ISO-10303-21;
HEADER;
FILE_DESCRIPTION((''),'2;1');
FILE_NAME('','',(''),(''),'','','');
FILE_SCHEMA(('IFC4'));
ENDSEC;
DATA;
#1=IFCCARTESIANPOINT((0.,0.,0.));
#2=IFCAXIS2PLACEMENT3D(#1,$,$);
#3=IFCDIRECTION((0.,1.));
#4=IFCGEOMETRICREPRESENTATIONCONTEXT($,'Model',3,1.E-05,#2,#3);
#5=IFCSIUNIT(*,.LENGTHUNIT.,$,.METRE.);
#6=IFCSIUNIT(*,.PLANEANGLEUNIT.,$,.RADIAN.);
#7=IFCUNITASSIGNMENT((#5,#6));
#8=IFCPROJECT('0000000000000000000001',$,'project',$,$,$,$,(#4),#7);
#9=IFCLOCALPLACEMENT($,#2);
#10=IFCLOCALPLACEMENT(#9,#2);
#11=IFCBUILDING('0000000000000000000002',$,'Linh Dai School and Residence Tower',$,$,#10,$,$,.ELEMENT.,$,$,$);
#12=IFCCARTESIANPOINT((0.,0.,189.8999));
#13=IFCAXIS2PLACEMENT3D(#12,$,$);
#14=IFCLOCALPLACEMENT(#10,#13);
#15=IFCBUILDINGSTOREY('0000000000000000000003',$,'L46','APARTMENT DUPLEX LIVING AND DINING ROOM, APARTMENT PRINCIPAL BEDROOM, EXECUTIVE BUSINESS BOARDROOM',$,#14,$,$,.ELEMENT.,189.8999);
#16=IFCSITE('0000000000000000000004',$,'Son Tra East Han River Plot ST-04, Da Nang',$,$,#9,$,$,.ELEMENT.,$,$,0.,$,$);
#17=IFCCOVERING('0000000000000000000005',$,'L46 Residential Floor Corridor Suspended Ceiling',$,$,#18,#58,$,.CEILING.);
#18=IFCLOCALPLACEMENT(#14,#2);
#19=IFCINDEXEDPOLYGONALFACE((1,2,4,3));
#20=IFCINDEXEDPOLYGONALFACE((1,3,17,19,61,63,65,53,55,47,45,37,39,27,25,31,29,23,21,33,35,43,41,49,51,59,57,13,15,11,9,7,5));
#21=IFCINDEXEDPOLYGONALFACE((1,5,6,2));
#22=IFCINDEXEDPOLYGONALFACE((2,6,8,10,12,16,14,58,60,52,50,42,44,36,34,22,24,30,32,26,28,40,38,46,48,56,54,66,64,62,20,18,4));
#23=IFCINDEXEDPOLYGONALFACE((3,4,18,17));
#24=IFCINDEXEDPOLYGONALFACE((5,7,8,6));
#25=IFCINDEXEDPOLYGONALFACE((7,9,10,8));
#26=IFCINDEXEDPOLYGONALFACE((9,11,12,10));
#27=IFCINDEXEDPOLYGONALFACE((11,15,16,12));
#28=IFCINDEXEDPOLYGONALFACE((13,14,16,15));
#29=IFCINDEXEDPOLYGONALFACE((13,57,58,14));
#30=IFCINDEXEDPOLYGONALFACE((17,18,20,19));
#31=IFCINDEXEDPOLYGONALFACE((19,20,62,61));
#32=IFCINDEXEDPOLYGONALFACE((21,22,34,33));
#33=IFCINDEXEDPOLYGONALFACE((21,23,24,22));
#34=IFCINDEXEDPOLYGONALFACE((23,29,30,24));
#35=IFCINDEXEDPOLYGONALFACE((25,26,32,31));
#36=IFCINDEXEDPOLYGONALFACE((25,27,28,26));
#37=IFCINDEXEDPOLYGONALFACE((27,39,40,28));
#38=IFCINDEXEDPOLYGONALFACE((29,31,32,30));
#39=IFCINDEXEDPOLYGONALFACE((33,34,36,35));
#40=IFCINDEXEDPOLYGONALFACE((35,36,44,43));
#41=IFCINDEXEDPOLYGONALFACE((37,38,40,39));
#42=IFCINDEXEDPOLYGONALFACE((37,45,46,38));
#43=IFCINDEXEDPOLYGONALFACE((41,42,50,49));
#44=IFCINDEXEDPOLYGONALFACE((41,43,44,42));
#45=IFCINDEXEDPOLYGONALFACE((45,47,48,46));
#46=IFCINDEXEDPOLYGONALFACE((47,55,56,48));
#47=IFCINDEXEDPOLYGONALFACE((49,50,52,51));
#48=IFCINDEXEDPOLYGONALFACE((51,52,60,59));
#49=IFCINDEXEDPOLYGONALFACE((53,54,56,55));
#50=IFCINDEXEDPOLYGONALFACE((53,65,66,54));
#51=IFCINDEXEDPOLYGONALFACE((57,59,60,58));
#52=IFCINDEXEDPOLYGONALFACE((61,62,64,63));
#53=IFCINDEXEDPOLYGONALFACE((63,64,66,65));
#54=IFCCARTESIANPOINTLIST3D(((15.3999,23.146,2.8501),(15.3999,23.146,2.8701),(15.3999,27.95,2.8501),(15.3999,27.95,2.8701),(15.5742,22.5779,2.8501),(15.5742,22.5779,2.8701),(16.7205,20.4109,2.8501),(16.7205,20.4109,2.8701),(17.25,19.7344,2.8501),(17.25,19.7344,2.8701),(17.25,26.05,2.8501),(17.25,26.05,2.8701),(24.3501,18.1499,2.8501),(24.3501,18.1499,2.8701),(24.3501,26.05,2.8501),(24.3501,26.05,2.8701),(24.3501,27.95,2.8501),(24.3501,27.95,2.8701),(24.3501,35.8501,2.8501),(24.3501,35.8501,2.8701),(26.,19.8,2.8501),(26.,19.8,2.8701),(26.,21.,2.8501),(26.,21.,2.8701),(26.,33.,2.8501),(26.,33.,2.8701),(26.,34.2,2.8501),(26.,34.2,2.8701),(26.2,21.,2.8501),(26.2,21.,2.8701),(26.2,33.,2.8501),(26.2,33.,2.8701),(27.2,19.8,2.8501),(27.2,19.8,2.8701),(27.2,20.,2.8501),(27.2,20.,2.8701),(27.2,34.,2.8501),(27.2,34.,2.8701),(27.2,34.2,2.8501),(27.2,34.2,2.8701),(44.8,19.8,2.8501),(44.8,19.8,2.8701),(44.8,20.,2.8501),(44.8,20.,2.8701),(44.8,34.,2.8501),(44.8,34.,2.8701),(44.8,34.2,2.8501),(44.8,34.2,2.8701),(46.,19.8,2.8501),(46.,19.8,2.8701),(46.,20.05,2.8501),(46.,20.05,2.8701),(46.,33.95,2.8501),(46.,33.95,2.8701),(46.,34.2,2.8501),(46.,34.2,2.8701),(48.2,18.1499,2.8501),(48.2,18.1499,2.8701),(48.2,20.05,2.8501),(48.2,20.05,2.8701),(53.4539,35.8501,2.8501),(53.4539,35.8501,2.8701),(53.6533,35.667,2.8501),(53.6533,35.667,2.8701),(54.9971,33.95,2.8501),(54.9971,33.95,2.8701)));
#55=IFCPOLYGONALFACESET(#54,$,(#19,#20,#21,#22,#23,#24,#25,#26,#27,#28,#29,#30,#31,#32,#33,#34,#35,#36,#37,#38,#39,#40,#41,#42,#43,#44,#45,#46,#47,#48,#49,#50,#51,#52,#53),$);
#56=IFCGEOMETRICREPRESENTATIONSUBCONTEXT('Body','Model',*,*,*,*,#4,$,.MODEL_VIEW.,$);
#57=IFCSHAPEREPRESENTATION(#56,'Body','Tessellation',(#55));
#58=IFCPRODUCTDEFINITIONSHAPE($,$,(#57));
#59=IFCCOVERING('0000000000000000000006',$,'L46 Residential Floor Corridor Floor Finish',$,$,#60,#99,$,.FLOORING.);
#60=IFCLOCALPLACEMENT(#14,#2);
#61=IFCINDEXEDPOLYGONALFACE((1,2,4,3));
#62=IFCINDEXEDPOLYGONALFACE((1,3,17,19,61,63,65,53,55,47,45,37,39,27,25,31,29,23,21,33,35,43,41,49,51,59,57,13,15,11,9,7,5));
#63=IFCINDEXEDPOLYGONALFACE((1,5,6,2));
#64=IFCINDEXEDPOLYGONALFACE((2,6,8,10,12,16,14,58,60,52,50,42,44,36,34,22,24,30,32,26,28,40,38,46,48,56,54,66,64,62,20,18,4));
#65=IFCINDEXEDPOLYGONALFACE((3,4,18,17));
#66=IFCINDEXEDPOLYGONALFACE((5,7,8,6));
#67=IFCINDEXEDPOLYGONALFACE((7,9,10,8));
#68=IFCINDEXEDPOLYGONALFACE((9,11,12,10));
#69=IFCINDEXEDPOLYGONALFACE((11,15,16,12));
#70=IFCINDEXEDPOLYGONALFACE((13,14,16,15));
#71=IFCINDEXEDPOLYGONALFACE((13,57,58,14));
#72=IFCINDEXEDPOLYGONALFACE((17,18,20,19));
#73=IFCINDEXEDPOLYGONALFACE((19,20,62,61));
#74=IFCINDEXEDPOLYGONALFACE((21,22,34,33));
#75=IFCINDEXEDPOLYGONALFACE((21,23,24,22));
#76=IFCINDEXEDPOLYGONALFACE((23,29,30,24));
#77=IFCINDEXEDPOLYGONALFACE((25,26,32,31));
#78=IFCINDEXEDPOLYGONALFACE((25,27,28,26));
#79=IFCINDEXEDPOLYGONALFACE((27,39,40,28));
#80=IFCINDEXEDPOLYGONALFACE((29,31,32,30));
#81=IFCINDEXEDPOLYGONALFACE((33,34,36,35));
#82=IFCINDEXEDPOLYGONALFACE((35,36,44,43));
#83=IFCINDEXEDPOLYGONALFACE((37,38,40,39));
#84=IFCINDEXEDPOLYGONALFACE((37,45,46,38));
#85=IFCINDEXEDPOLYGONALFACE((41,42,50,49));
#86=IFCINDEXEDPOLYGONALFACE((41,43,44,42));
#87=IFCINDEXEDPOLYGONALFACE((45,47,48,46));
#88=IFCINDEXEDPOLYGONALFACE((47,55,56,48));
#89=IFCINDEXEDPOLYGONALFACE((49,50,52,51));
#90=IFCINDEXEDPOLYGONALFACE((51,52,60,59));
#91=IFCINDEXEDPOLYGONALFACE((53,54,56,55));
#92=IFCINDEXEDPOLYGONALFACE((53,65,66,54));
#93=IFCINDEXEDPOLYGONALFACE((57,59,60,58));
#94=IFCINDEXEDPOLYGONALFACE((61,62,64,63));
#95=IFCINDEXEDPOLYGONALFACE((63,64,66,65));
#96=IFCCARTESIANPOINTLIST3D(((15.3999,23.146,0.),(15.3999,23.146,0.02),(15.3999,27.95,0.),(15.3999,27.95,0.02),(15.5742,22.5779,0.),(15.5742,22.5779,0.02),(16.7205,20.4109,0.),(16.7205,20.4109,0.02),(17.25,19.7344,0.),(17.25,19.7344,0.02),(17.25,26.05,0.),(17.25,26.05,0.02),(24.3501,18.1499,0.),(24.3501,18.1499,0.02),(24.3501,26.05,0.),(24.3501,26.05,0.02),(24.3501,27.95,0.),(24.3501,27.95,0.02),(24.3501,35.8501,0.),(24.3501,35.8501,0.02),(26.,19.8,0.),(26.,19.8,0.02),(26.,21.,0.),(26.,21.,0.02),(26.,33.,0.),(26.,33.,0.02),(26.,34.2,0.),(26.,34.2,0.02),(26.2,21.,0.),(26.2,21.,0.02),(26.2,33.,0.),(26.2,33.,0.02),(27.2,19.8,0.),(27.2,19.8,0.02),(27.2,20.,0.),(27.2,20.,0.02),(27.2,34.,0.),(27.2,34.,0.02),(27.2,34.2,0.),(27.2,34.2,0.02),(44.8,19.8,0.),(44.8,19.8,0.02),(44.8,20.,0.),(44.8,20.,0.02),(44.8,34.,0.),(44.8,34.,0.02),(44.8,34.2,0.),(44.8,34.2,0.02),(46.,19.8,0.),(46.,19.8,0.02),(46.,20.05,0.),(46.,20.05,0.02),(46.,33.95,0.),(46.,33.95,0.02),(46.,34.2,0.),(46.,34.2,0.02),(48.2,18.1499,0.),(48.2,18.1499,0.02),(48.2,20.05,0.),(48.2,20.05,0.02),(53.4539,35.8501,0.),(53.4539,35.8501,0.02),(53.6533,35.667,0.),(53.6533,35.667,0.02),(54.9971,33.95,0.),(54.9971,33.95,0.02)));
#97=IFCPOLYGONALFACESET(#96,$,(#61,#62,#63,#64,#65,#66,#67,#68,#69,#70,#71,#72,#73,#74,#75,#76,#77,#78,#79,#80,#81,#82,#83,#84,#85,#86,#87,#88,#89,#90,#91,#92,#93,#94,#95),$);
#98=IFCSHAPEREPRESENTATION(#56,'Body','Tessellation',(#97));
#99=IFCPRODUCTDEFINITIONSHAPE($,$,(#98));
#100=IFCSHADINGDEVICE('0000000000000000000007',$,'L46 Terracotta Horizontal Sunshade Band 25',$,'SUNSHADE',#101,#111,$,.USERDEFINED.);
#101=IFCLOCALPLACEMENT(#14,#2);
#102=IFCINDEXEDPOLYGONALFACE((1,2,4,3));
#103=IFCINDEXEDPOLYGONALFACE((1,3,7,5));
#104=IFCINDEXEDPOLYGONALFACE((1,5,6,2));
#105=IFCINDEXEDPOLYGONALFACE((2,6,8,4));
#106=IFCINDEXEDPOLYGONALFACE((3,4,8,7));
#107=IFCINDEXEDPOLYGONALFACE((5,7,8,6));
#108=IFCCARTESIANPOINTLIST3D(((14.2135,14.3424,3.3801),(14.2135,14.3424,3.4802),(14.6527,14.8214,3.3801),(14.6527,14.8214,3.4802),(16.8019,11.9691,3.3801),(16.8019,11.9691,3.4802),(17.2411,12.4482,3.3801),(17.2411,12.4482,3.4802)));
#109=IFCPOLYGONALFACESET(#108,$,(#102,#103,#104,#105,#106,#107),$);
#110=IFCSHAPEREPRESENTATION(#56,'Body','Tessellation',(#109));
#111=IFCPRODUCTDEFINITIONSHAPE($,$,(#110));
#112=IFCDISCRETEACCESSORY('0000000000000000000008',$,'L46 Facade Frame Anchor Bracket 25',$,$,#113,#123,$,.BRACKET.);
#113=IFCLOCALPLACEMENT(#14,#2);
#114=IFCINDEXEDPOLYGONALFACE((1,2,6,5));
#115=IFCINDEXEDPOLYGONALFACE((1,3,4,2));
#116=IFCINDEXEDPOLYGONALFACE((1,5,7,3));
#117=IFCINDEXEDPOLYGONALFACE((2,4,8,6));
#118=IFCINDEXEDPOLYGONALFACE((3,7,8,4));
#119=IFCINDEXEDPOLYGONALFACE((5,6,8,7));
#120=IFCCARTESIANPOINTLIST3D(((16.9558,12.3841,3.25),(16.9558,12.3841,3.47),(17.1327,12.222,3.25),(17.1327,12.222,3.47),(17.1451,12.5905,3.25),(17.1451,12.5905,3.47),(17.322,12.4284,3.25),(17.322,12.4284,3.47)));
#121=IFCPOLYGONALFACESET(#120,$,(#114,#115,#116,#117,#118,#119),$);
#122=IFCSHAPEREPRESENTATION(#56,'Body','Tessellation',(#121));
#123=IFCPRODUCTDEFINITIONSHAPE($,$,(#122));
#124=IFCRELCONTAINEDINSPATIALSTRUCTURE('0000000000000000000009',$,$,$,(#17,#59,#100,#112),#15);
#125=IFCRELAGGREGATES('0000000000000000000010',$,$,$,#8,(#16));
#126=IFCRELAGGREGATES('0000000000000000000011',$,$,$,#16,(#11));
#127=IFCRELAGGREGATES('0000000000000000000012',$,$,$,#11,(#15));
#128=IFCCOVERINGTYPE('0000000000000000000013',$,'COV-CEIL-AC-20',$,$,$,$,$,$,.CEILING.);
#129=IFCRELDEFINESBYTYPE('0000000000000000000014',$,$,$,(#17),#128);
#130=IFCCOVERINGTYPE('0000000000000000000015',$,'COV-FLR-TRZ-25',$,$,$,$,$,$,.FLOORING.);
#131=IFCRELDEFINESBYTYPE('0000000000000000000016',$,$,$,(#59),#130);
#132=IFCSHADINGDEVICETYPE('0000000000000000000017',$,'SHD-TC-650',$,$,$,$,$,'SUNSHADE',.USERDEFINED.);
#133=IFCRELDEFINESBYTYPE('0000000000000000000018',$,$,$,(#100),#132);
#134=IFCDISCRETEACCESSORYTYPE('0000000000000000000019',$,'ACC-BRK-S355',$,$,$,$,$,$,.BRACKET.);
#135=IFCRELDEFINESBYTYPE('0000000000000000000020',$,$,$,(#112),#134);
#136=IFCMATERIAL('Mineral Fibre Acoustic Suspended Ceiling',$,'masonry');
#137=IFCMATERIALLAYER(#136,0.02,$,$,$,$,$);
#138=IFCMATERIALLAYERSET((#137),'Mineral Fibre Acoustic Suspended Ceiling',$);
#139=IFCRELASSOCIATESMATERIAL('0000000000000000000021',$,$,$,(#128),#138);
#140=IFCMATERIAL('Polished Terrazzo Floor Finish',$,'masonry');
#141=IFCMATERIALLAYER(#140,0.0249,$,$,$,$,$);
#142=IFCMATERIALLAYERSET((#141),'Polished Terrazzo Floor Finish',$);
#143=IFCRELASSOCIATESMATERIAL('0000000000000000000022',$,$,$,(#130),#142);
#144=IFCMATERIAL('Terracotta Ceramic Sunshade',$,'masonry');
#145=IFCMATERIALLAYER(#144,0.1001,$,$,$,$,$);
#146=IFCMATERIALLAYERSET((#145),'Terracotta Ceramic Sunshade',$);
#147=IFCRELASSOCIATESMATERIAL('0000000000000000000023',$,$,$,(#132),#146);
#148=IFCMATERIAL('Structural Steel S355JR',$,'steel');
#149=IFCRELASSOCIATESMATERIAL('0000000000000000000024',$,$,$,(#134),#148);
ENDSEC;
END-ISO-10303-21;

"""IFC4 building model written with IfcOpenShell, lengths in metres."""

from ifc_helpers import new_model, si_unit, direction, frame, origin, origin_2d, place, context, subcontext, project, spatial, polyline, rectangle, outline, extrude, source, transform, mapped, material, layer, layer_set, type_object, element, save


model = new_model("IFC4")

# Units and contexts
model_context = context("Model", 3, precision=1e-05, world=origin(), true_north=direction((0.0, 1.0)))
body_context = subcontext(model_context, "Body", "Model", "MODEL_VIEW")
ifc_project = project(units=[si_unit("LENGTHUNIT", "METRE"), si_unit("PLANEANGLEUNIT", "RADIAN")], contexts=[model_context])

# Site, building, storey
site_placement = place(None, origin())
site = spatial("IfcSite", under=ifc_project, at=site_placement, Name="Son Tra East Han River Plot ST-04, Da Nang", CompositionType="ELEMENT", RefElevation=0.0)
building_placement = place(site_placement, origin())
building = spatial("IfcBuilding", under=site, at=building_placement, Name="Linh Dai School and Residence Tower", CompositionType="ELEMENT")
storey_placement = place(building_placement, frame((0.0, 0.0, 189.8999)))
storey = spatial("IfcBuildingStorey", under=building, at=storey_placement, Name="L46", Description="APARTMENT DUPLEX LIVING AND DINING ROOM, APARTMENT PRINCIPAL BEDROOM, EXECUTIVE BUSINESS BOARDROOM", CompositionType="ELEMENT", Elevation=189.8999)

# Shared definitions
ifc_material_1 = material(Name="Structural Steel S355JR", Category="steel")

# Coverings
ifc_material_2 = material(Name="Mineral Fibre Acoustic Suspended Ceiling", Category="masonry")
ifc_layer_1 = layer(ifc_material_2, 0.02)
ifc_layer_set_1 = layer_set([ifc_layer_1], Name="Mineral Fibre Acoustic Suspended Ceiling")
covering_type_1 = type_object("IfcCoveringType", Name="COV-CEIL-AC-20", PredefinedType="CEILING", material=ifc_layer_set_1)
covering_1_placement = place(storey_placement, frame((0.0, 0.0, 2.8501)))
element("IfcCovering", 1, at=covering_1_placement, inside=storey, type_object=covering_type_1, Name="L46 Residential Floor Corridor Suspended Ceiling", PredefinedType="CEILING", context=body_context, shape_type="SweptSolid", body=[
    extrude(outline(polyline([(17.25, 19.7344), (16.7205, 20.4109), (15.5742, 22.5779), (15.3999, 23.146), (15.3999, 27.95), (24.3501, 27.95), (24.3501, 35.8501), (53.4539, 35.8501), (53.6533, 35.667), (54.9971, 33.95), (46.0, 33.95), (46.0, 34.2), (44.8, 34.2), (44.8, 34.0), (27.2, 34.0), (27.2, 34.2), (26.0, 34.2), (26.0, 33.0), (26.2, 33.0), (26.2, 21.0), (26.0, 21.0), (26.0, 19.8), (27.2, 19.8), (27.2, 20.0), (44.8, 20.0), (44.8, 19.8), (46.0, 19.8), (46.0, 20.05), (48.2, 20.05), (48.2, 18.1499), (24.3501, 18.1499), (24.3501, 26.05), (17.25, 26.05), (17.25, 19.7344)])), origin(), (0.0, 0.0, 1.0), 0.02),
])
ifc_material_3 = material(Name="Polished Terrazzo Floor Finish", Category="masonry")
ifc_layer_2 = layer(ifc_material_3, 0.0249)
ifc_layer_set_2 = layer_set([ifc_layer_2], Name="Polished Terrazzo Floor Finish")
covering_type_2 = type_object("IfcCoveringType", Name="COV-FLR-TRZ-25", PredefinedType="FLOORING", material=ifc_layer_set_2)
covering_2_placement = place(storey_placement, origin())
element("IfcCovering", 2, at=covering_2_placement, inside=storey, type_object=covering_type_2, Name="L46 Residential Floor Corridor Floor Finish", PredefinedType="FLOORING", context=body_context, shape_type="SweptSolid", body=[
    extrude(outline(polyline([(17.25, 19.7344), (16.7205, 20.4109), (15.5742, 22.5779), (15.3999, 23.146), (15.3999, 27.95), (24.3501, 27.95), (24.3501, 35.8501), (53.4539, 35.8501), (53.6533, 35.667), (54.9971, 33.95), (46.0, 33.95), (46.0, 34.2), (44.8, 34.2), (44.8, 34.0), (27.2, 34.0), (27.2, 34.2), (26.0, 34.2), (26.0, 33.0), (26.2, 33.0), (26.2, 21.0), (26.0, 21.0), (26.0, 19.8), (27.2, 19.8), (27.2, 20.0), (44.8, 20.0), (44.8, 19.8), (46.0, 19.8), (46.0, 20.05), (48.2, 20.05), (48.2, 18.1499), (24.3501, 18.1499), (24.3501, 26.05), (17.25, 26.05), (17.25, 19.7344)])), origin(), (0.0, 0.0, 1.0), 0.02),
])

# Shading device
ifc_material_4 = material(Name="Terracotta Ceramic Sunshade", Category="masonry")
ifc_layer_3 = layer(ifc_material_4, 0.1001)
ifc_layer_set_3 = layer_set([ifc_layer_3], Name="Terracotta Ceramic Sunshade")
shading_device_type = type_object("IfcShadingDeviceType", Name="SHD-TC-650", ElementType="SUNSHADE", PredefinedType="USERDEFINED", material=ifc_layer_set_3)
shared_shape_1 = source(origin(), body_context, "Body", "SweptSolid", [
    extrude(rectangle(XDim=3.5117, YDim=0.6499, at=origin_2d()), origin(), (0.0, 0.0, 1.0), 0.1001),
])
shading_device_placement = place(storey_placement, frame((15.7273, 13.3953, 3.3801), z_axis=(0.0, 0.0, 1.0), x_axis=(-0.737085, 0.6758, 0.0)))
element("IfcShadingDevice", 3, at=shading_device_placement, inside=storey, type_object=shading_device_type, Name="L46 Terracotta Horizontal Sunshade Band 25", ObjectType="SUNSHADE", PredefinedType="USERDEFINED", context=body_context, shape_type="MappedRepresentation", body=[
    mapped(shared_shape_1, transform((0.0, 0.0, 0.0), x_axis=(1.0, 0.0, 0.0), y_axis=(0.0, 1.0, 0.0), z_axis=(0.0, 0.0, 1.0), scale=1.0)),
])

# Discrete accessory
discrete_accessory_type = type_object("IfcDiscreteAccessoryType", Name="ACC-BRK-S355", PredefinedType="BRACKET", material=ifc_material_1)
shared_shape_2 = source(origin(), body_context, "Body", "SweptSolid", [
    extrude(rectangle(XDim=0.28, YDim=0.24, at=origin_2d()), origin(), (0.0, 0.0, 1.0), 0.22),
])
discrete_accessory_placement = place(storey_placement, frame((17.1389, 12.4062, 3.25), z_axis=(0.0, 0.0, 1.0), x_axis=(-0.6758, -0.737085, 0.0)))
element("IfcDiscreteAccessory", 4, at=discrete_accessory_placement, inside=storey, type_object=discrete_accessory_type, Name="L46 Facade Frame Anchor Bracket 25", PredefinedType="BRACKET", context=body_context, shape_type="MappedRepresentation", body=[
    mapped(shared_shape_2, transform((0.0, 0.0, 0.0), x_axis=(1.0, 0.0, 0.0), y_axis=(0.0, 1.0, 0.0), z_axis=(0.0, 0.0, 1.0), scale=1.0)),
])

save(model, "model.ifc")
